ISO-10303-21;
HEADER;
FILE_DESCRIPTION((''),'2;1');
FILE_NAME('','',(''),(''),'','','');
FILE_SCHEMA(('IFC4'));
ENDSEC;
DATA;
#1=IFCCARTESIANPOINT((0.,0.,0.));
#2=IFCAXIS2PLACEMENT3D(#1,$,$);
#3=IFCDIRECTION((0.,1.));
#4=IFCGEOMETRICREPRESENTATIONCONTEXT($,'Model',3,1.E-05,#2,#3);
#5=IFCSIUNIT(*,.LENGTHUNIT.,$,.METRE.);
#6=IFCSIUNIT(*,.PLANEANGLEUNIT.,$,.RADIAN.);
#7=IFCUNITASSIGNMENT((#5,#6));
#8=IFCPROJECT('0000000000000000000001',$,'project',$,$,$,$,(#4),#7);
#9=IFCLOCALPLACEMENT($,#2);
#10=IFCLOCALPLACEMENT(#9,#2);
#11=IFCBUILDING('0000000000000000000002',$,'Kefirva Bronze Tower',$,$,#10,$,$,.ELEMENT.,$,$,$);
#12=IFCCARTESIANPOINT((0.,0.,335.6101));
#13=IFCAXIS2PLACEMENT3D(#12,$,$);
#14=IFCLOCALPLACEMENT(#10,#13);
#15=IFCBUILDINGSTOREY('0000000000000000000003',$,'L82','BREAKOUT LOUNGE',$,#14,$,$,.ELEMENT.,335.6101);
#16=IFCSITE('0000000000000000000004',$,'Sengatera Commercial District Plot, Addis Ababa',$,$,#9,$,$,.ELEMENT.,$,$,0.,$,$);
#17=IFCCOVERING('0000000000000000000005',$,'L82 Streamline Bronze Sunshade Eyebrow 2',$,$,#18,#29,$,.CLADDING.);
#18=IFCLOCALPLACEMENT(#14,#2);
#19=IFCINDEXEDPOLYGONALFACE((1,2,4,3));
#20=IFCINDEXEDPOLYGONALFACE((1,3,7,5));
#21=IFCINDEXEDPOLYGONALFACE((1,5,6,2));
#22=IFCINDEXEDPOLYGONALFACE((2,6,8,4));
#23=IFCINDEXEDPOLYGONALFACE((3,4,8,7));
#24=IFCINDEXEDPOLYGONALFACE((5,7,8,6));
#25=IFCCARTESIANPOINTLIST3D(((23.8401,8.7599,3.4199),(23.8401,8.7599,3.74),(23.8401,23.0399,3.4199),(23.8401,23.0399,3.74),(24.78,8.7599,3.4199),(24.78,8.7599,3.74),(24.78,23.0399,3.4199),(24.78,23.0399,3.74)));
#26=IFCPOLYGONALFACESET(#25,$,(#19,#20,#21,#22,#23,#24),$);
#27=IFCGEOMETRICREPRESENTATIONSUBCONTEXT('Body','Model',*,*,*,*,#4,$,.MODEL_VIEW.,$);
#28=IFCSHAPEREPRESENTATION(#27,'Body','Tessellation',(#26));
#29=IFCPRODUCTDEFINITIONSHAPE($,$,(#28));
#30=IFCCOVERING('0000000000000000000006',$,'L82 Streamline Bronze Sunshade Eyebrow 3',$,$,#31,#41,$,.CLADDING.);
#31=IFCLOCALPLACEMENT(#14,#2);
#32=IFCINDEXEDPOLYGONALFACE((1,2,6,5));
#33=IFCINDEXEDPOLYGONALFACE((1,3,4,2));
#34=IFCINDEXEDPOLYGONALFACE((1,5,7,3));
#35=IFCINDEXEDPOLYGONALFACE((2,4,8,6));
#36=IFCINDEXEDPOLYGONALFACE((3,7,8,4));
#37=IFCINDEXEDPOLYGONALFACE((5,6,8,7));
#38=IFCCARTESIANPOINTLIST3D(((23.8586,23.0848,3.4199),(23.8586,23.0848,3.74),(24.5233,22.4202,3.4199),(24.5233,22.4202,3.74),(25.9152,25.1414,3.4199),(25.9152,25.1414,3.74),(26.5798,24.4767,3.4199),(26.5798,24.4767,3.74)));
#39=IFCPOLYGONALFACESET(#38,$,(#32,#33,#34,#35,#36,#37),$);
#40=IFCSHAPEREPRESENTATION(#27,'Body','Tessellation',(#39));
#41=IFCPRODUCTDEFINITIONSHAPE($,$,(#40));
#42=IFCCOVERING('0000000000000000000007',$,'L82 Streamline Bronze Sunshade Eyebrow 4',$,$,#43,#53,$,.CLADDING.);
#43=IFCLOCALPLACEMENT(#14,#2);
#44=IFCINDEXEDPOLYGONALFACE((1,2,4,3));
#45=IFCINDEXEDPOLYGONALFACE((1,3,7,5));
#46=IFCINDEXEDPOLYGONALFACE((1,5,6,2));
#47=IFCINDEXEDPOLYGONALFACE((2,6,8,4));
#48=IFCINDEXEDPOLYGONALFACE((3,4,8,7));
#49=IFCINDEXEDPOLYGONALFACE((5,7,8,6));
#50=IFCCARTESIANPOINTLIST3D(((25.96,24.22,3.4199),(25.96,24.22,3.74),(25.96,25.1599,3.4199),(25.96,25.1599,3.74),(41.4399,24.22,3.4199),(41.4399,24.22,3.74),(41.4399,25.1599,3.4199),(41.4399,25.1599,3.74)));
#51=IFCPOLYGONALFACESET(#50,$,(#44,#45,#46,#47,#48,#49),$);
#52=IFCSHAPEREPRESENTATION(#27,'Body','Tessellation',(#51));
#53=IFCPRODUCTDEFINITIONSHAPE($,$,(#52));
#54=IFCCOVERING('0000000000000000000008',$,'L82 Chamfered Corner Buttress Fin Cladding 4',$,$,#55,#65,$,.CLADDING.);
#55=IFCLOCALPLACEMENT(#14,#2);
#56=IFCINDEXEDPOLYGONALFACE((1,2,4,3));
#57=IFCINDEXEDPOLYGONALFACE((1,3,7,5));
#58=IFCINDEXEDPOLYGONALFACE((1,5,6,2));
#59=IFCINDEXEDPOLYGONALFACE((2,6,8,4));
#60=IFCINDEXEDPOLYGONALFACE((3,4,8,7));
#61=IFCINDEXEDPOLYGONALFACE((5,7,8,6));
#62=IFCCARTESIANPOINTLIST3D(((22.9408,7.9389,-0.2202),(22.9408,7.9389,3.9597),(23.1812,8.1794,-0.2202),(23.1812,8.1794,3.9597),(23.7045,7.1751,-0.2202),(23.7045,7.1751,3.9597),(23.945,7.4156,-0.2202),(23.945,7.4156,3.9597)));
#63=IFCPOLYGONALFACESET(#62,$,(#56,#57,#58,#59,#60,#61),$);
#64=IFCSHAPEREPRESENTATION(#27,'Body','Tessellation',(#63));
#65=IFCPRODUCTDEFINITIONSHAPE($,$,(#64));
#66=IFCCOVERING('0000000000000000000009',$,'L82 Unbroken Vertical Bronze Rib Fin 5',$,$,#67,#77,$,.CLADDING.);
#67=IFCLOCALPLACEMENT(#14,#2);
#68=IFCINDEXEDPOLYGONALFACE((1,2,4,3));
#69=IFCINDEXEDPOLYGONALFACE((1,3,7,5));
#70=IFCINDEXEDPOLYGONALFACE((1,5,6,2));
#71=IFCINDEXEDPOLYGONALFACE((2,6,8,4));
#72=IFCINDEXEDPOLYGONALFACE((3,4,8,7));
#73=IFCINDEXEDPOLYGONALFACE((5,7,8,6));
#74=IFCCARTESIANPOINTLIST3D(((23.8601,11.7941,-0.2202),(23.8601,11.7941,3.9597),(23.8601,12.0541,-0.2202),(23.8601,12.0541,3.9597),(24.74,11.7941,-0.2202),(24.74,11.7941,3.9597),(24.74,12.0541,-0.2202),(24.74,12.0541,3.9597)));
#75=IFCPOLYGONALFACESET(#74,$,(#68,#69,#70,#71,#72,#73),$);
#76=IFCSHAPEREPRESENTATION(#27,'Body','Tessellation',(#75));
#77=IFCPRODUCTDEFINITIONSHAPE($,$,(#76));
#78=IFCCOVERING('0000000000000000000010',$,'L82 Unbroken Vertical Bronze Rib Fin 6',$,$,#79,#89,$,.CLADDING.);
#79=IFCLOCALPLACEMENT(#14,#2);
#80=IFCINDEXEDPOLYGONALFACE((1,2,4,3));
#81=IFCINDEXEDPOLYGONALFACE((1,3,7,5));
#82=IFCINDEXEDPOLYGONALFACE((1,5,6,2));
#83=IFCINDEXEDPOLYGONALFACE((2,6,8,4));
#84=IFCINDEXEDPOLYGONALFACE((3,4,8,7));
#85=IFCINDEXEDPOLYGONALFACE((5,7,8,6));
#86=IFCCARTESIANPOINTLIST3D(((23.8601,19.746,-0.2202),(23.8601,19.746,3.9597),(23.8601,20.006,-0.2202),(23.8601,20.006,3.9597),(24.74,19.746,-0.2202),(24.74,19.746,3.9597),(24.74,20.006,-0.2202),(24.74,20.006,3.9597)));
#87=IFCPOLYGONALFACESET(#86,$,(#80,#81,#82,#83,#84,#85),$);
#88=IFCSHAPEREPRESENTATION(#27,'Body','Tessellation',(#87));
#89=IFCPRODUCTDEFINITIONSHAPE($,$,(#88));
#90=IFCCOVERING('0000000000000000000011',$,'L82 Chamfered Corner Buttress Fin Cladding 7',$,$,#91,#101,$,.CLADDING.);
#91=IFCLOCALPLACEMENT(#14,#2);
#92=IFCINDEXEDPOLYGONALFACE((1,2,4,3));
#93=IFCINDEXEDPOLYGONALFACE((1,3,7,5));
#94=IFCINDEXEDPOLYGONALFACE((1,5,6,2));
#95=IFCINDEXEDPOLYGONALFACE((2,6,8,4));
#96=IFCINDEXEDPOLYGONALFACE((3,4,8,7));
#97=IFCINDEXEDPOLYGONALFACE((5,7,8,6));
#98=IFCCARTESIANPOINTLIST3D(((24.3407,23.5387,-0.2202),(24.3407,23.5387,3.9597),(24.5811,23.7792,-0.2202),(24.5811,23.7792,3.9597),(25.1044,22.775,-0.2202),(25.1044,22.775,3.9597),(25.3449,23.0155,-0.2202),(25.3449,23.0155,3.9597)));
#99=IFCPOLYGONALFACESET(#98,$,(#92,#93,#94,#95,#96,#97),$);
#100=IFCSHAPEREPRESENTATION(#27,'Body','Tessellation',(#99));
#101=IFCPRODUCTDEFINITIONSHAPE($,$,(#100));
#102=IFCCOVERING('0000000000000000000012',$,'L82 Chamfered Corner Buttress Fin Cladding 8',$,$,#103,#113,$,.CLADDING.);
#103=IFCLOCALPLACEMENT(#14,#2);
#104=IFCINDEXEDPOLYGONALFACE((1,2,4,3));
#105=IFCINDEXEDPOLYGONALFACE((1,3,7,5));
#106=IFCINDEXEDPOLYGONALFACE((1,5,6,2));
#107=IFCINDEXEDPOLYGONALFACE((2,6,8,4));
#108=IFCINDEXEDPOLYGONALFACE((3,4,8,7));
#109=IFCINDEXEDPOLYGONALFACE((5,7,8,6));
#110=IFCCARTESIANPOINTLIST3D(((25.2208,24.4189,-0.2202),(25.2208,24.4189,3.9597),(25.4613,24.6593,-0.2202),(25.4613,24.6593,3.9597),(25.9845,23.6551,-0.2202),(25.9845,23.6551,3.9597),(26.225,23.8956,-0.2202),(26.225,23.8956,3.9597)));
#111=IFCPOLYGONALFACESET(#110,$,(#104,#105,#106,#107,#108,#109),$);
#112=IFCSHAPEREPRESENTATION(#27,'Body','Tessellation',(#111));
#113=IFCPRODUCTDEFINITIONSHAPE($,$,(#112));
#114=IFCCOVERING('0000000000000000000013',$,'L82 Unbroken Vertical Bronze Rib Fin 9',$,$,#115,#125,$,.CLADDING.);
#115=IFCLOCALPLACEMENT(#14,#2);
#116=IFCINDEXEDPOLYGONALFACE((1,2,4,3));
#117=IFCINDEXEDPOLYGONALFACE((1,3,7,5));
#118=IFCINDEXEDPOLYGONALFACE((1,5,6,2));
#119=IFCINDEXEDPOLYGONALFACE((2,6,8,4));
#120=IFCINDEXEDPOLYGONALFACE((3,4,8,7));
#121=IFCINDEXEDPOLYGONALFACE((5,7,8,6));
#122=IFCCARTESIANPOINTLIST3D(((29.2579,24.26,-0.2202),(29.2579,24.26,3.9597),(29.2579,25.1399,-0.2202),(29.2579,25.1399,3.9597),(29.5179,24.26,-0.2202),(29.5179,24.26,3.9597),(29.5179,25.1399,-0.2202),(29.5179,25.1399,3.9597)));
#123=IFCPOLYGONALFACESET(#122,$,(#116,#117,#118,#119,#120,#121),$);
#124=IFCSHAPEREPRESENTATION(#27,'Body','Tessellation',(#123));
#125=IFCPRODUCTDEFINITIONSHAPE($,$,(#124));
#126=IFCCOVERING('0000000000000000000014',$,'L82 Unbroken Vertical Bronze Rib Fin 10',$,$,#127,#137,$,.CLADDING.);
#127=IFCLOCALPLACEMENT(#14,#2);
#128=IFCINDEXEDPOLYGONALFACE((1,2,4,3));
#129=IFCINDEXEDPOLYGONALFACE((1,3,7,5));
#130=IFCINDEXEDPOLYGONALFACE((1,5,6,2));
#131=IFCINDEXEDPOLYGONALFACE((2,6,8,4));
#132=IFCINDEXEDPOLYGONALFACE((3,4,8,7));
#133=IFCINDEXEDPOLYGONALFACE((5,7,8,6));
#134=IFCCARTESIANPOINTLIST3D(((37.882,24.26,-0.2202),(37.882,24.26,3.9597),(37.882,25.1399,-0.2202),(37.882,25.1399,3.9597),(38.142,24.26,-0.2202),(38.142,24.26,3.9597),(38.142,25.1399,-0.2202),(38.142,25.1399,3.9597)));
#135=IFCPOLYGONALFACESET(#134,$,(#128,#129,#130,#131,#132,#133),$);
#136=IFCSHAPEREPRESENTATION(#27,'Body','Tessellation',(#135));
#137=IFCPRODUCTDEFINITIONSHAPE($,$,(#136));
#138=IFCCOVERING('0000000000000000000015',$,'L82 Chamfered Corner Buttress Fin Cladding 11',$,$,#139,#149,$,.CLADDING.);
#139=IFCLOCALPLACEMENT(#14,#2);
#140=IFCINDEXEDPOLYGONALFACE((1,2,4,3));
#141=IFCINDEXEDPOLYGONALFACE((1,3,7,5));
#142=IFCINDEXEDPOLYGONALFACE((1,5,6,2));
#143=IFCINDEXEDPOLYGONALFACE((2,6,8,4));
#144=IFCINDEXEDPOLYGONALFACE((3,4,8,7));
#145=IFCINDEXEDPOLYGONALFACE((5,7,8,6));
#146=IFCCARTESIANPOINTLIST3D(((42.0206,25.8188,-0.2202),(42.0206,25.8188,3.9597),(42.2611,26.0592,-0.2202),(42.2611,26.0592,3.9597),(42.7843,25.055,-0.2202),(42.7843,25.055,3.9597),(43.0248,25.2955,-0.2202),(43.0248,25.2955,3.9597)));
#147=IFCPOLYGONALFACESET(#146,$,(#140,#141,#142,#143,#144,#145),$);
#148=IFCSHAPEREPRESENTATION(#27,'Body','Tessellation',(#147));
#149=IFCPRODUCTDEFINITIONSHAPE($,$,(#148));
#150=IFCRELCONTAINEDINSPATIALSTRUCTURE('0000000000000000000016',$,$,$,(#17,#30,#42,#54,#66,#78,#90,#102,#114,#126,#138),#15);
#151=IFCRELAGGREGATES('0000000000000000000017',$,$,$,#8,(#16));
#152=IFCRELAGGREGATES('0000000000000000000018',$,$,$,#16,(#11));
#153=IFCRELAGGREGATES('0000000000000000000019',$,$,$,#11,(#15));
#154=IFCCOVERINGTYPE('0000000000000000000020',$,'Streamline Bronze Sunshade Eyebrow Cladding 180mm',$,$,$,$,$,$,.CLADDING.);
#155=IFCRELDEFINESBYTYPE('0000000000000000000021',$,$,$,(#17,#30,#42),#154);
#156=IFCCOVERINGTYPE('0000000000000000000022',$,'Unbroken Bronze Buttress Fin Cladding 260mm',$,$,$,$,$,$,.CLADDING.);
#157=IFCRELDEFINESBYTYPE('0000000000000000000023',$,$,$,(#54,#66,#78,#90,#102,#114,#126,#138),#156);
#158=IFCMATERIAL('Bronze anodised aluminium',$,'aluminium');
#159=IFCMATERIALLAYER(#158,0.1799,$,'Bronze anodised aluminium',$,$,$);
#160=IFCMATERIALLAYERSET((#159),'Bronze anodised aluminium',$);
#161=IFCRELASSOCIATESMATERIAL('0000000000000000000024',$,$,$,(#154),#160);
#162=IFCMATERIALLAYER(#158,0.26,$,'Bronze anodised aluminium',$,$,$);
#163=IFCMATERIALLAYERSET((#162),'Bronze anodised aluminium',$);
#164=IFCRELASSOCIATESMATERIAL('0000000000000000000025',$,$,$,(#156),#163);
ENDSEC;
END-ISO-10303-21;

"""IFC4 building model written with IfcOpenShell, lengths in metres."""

from ifc_helpers import new_model, si_unit, direction, frame, origin, origin_2d, place, context, subcontext, project, spatial, rectangle, extrude, material, layer, layer_set, type_object, element, save


model = new_model("IFC4")

# Units and contexts
model_context = context("Model", 3, precision=1e-05, world=origin(), true_north=direction((0.0, 1.0)))
body_context = subcontext(model_context, "Body", "Model", "MODEL_VIEW")
ifc_project = project(units=[si_unit("LENGTHUNIT", "METRE"), si_unit("PLANEANGLEUNIT", "RADIAN")], contexts=[model_context])

# Site, building, storey
site_placement = place(None, origin())
site = spatial("IfcSite", under=ifc_project, at=site_placement, Name="Sengatera Commercial District Plot, Addis Ababa", CompositionType="ELEMENT", RefElevation=0.0)
building_placement = place(site_placement, origin())
building = spatial("IfcBuilding", under=site, at=building_placement, Name="Kefirva Bronze Tower", CompositionType="ELEMENT")
storey_placement = place(building_placement, frame((0.0, 0.0, 335.6101)))
storey = spatial("IfcBuildingStorey", under=building, at=storey_placement, Name="L82", Description="BREAKOUT LOUNGE", CompositionType="ELEMENT", Elevation=335.6101)

# Shared definitions
ifc_material_1 = material(Name="Bronze anodised aluminium", Category="aluminium")

# Coverings
ifc_layer_1 = layer(ifc_material_1, 0.1799, Name="Bronze anodised aluminium")
ifc_layer_set_1 = layer_set([ifc_layer_1], Name="Bronze anodised aluminium")
covering_type_1 = type_object("IfcCoveringType", Name="Streamline Bronze Sunshade Eyebrow Cladding 180mm", PredefinedType="CLADDING", material=ifc_layer_set_1)
covering_1_placement = place(storey_placement, frame((24.3101, 15.8999, 3.4199), z_axis=(0.0, 0.0, 1.0), x_axis=(0.0, 1.0, 0.0)))
element("IfcCovering", 1, at=covering_1_placement, inside=storey, type_object=covering_type_1, Name="L82 Streamline Bronze Sunshade Eyebrow 2", PredefinedType="CLADDING", context=body_context, shape_type="SweptSolid", body=[
    extrude(rectangle(XDim=14.28, YDim=0.9399, at=origin_2d()), origin(), (0.0, 0.0, 1.0), 0.3201),
])
covering_2_placement = place(storey_placement, frame((25.2192, 23.7808, 3.4199), z_axis=(0.0, 0.0, 1.0), x_axis=(0.707107, 0.707107, 0.0)))
element("IfcCovering", 2, at=covering_2_placement, inside=storey, type_object=covering_type_1, Name="L82 Streamline Bronze Sunshade Eyebrow 3", PredefinedType="CLADDING", context=body_context, shape_type="SweptSolid", body=[
    extrude(rectangle(XDim=2.9084, YDim=0.9399, at=origin_2d()), origin(), (0.0, 0.0, 1.0), 0.3201),
])
covering_3_placement = place(storey_placement, frame((33.7, 24.6899, 3.4199), z_axis=(0.0, 0.0, 1.0), x_axis=(1.0, 0.0, 0.0)))
element("IfcCovering", 3, at=covering_3_placement, inside=storey, type_object=covering_type_1, Name="L82 Streamline Bronze Sunshade Eyebrow 4", PredefinedType="CLADDING", context=body_context, shape_type="SweptSolid", body=[
    extrude(rectangle(XDim=15.48, YDim=0.9399, at=origin_2d()), origin(), (0.0, 0.0, 1.0), 0.3201),
])
ifc_layer_2 = layer(ifc_material_1, 0.26, Name="Bronze anodised aluminium")
ifc_layer_set_2 = layer_set([ifc_layer_2], Name="Bronze anodised aluminium")
covering_type_2 = type_object("IfcCoveringType", Name="Unbroken Bronze Buttress Fin Cladding 260mm", PredefinedType="CLADDING", material=ifc_layer_set_2)
covering_4_placement = place(storey_placement, frame((23.4429, 7.6772, -0.2202), z_axis=(0.0, 0.0, 1.0), x_axis=(0.707107, 0.707107, 0.0)))
element("IfcCovering", 4, at=covering_4_placement, inside=storey, type_object=covering_type_2, Name="L82 Chamfered Corner Buttress Fin Cladding 4", PredefinedType="CLADDING", context=body_context, shape_type="SweptSolid", body=[
    extrude(rectangle(XDim=0.3401, YDim=1.0801, at=origin_2d()), origin(), (0.0, 0.0, 1.0), 4.1799),
])
for number, where, z_axis, x_axis, name in (
    (5, (24.3, 11.9241, -0.2202), (0.0, 0.0, 1.0), (0.0, 1.0, 0.0), "L82 Unbroken Vertical Bronze Rib Fin 5"),
    (6, (24.3, 19.876, -0.2202), (0.0, 0.0, 1.0), (0.0, 1.0, 0.0), "L82 Unbroken Vertical Bronze Rib Fin 6"),
):
    element("IfcCovering", number, at=place(storey_placement, frame(where, z_axis=z_axis, x_axis=x_axis)), inside=storey, type_object=covering_type_2, Name=name, PredefinedType="CLADDING", context=body_context, shape_type="SweptSolid", body=[
        extrude(rectangle(XDim=0.26, YDim=0.8799, at=origin_2d()), origin(), (0.0, 0.0, 1.0), 4.1799),
    ])
for number, where, z_axis, x_axis, name in (
    (7, (24.8428, 23.2771, -0.2202), (0.0, 0.0, 1.0), (0.707107, 0.707107, 0.0), "L82 Chamfered Corner Buttress Fin Cladding 7"),
    (8, (25.7229, 24.1572, -0.2202), (0.0, 0.0, 1.0), (0.707107, 0.707107, 0.0), "L82 Chamfered Corner Buttress Fin Cladding 8"),
):
    element("IfcCovering", number, at=place(storey_placement, frame(where, z_axis=z_axis, x_axis=x_axis)), inside=storey, type_object=covering_type_2, Name=name, PredefinedType="CLADDING", context=body_context, shape_type="SweptSolid", body=[
        extrude(rectangle(XDim=0.3401, YDim=1.0801, at=origin_2d()), origin(), (0.0, 0.0, 1.0), 4.1799),
    ])
for number, where, z_axis, x_axis, name in (
    (9, (29.3879, 24.7, -0.2202), (0.0, 0.0, 1.0), (1.0, 0.0, 0.0), "L82 Unbroken Vertical Bronze Rib Fin 9"),
    (10, (38.012, 24.7, -0.2202), (0.0, 0.0, 1.0), (1.0, 0.0, 0.0), "L82 Unbroken Vertical Bronze Rib Fin 10"),
):
    element("IfcCovering", number, at=place(storey_placement, frame(where, z_axis=z_axis, x_axis=x_axis)), inside=storey, type_object=covering_type_2, Name=name, PredefinedType="CLADDING", context=body_context, shape_type="SweptSolid", body=[
        extrude(rectangle(XDim=0.26, YDim=0.8799, at=origin_2d()), origin(), (0.0, 0.0, 1.0), 4.1799),
    ])
covering_5_placement = place(storey_placement, frame((42.5227, 25.5571, -0.2202), z_axis=(0.0, 0.0, 1.0), x_axis=(0.707107, 0.707107, 0.0)))
element("IfcCovering", 11, at=covering_5_placement, inside=storey, type_object=covering_type_2, Name="L82 Chamfered Corner Buttress Fin Cladding 11", PredefinedType="CLADDING", context=body_context, shape_type="SweptSolid", body=[
    extrude(rectangle(XDim=0.3401, YDim=1.0801, at=origin_2d()), origin(), (0.0, 0.0, 1.0), 4.1799),
])

save(model, "model.ifc")
